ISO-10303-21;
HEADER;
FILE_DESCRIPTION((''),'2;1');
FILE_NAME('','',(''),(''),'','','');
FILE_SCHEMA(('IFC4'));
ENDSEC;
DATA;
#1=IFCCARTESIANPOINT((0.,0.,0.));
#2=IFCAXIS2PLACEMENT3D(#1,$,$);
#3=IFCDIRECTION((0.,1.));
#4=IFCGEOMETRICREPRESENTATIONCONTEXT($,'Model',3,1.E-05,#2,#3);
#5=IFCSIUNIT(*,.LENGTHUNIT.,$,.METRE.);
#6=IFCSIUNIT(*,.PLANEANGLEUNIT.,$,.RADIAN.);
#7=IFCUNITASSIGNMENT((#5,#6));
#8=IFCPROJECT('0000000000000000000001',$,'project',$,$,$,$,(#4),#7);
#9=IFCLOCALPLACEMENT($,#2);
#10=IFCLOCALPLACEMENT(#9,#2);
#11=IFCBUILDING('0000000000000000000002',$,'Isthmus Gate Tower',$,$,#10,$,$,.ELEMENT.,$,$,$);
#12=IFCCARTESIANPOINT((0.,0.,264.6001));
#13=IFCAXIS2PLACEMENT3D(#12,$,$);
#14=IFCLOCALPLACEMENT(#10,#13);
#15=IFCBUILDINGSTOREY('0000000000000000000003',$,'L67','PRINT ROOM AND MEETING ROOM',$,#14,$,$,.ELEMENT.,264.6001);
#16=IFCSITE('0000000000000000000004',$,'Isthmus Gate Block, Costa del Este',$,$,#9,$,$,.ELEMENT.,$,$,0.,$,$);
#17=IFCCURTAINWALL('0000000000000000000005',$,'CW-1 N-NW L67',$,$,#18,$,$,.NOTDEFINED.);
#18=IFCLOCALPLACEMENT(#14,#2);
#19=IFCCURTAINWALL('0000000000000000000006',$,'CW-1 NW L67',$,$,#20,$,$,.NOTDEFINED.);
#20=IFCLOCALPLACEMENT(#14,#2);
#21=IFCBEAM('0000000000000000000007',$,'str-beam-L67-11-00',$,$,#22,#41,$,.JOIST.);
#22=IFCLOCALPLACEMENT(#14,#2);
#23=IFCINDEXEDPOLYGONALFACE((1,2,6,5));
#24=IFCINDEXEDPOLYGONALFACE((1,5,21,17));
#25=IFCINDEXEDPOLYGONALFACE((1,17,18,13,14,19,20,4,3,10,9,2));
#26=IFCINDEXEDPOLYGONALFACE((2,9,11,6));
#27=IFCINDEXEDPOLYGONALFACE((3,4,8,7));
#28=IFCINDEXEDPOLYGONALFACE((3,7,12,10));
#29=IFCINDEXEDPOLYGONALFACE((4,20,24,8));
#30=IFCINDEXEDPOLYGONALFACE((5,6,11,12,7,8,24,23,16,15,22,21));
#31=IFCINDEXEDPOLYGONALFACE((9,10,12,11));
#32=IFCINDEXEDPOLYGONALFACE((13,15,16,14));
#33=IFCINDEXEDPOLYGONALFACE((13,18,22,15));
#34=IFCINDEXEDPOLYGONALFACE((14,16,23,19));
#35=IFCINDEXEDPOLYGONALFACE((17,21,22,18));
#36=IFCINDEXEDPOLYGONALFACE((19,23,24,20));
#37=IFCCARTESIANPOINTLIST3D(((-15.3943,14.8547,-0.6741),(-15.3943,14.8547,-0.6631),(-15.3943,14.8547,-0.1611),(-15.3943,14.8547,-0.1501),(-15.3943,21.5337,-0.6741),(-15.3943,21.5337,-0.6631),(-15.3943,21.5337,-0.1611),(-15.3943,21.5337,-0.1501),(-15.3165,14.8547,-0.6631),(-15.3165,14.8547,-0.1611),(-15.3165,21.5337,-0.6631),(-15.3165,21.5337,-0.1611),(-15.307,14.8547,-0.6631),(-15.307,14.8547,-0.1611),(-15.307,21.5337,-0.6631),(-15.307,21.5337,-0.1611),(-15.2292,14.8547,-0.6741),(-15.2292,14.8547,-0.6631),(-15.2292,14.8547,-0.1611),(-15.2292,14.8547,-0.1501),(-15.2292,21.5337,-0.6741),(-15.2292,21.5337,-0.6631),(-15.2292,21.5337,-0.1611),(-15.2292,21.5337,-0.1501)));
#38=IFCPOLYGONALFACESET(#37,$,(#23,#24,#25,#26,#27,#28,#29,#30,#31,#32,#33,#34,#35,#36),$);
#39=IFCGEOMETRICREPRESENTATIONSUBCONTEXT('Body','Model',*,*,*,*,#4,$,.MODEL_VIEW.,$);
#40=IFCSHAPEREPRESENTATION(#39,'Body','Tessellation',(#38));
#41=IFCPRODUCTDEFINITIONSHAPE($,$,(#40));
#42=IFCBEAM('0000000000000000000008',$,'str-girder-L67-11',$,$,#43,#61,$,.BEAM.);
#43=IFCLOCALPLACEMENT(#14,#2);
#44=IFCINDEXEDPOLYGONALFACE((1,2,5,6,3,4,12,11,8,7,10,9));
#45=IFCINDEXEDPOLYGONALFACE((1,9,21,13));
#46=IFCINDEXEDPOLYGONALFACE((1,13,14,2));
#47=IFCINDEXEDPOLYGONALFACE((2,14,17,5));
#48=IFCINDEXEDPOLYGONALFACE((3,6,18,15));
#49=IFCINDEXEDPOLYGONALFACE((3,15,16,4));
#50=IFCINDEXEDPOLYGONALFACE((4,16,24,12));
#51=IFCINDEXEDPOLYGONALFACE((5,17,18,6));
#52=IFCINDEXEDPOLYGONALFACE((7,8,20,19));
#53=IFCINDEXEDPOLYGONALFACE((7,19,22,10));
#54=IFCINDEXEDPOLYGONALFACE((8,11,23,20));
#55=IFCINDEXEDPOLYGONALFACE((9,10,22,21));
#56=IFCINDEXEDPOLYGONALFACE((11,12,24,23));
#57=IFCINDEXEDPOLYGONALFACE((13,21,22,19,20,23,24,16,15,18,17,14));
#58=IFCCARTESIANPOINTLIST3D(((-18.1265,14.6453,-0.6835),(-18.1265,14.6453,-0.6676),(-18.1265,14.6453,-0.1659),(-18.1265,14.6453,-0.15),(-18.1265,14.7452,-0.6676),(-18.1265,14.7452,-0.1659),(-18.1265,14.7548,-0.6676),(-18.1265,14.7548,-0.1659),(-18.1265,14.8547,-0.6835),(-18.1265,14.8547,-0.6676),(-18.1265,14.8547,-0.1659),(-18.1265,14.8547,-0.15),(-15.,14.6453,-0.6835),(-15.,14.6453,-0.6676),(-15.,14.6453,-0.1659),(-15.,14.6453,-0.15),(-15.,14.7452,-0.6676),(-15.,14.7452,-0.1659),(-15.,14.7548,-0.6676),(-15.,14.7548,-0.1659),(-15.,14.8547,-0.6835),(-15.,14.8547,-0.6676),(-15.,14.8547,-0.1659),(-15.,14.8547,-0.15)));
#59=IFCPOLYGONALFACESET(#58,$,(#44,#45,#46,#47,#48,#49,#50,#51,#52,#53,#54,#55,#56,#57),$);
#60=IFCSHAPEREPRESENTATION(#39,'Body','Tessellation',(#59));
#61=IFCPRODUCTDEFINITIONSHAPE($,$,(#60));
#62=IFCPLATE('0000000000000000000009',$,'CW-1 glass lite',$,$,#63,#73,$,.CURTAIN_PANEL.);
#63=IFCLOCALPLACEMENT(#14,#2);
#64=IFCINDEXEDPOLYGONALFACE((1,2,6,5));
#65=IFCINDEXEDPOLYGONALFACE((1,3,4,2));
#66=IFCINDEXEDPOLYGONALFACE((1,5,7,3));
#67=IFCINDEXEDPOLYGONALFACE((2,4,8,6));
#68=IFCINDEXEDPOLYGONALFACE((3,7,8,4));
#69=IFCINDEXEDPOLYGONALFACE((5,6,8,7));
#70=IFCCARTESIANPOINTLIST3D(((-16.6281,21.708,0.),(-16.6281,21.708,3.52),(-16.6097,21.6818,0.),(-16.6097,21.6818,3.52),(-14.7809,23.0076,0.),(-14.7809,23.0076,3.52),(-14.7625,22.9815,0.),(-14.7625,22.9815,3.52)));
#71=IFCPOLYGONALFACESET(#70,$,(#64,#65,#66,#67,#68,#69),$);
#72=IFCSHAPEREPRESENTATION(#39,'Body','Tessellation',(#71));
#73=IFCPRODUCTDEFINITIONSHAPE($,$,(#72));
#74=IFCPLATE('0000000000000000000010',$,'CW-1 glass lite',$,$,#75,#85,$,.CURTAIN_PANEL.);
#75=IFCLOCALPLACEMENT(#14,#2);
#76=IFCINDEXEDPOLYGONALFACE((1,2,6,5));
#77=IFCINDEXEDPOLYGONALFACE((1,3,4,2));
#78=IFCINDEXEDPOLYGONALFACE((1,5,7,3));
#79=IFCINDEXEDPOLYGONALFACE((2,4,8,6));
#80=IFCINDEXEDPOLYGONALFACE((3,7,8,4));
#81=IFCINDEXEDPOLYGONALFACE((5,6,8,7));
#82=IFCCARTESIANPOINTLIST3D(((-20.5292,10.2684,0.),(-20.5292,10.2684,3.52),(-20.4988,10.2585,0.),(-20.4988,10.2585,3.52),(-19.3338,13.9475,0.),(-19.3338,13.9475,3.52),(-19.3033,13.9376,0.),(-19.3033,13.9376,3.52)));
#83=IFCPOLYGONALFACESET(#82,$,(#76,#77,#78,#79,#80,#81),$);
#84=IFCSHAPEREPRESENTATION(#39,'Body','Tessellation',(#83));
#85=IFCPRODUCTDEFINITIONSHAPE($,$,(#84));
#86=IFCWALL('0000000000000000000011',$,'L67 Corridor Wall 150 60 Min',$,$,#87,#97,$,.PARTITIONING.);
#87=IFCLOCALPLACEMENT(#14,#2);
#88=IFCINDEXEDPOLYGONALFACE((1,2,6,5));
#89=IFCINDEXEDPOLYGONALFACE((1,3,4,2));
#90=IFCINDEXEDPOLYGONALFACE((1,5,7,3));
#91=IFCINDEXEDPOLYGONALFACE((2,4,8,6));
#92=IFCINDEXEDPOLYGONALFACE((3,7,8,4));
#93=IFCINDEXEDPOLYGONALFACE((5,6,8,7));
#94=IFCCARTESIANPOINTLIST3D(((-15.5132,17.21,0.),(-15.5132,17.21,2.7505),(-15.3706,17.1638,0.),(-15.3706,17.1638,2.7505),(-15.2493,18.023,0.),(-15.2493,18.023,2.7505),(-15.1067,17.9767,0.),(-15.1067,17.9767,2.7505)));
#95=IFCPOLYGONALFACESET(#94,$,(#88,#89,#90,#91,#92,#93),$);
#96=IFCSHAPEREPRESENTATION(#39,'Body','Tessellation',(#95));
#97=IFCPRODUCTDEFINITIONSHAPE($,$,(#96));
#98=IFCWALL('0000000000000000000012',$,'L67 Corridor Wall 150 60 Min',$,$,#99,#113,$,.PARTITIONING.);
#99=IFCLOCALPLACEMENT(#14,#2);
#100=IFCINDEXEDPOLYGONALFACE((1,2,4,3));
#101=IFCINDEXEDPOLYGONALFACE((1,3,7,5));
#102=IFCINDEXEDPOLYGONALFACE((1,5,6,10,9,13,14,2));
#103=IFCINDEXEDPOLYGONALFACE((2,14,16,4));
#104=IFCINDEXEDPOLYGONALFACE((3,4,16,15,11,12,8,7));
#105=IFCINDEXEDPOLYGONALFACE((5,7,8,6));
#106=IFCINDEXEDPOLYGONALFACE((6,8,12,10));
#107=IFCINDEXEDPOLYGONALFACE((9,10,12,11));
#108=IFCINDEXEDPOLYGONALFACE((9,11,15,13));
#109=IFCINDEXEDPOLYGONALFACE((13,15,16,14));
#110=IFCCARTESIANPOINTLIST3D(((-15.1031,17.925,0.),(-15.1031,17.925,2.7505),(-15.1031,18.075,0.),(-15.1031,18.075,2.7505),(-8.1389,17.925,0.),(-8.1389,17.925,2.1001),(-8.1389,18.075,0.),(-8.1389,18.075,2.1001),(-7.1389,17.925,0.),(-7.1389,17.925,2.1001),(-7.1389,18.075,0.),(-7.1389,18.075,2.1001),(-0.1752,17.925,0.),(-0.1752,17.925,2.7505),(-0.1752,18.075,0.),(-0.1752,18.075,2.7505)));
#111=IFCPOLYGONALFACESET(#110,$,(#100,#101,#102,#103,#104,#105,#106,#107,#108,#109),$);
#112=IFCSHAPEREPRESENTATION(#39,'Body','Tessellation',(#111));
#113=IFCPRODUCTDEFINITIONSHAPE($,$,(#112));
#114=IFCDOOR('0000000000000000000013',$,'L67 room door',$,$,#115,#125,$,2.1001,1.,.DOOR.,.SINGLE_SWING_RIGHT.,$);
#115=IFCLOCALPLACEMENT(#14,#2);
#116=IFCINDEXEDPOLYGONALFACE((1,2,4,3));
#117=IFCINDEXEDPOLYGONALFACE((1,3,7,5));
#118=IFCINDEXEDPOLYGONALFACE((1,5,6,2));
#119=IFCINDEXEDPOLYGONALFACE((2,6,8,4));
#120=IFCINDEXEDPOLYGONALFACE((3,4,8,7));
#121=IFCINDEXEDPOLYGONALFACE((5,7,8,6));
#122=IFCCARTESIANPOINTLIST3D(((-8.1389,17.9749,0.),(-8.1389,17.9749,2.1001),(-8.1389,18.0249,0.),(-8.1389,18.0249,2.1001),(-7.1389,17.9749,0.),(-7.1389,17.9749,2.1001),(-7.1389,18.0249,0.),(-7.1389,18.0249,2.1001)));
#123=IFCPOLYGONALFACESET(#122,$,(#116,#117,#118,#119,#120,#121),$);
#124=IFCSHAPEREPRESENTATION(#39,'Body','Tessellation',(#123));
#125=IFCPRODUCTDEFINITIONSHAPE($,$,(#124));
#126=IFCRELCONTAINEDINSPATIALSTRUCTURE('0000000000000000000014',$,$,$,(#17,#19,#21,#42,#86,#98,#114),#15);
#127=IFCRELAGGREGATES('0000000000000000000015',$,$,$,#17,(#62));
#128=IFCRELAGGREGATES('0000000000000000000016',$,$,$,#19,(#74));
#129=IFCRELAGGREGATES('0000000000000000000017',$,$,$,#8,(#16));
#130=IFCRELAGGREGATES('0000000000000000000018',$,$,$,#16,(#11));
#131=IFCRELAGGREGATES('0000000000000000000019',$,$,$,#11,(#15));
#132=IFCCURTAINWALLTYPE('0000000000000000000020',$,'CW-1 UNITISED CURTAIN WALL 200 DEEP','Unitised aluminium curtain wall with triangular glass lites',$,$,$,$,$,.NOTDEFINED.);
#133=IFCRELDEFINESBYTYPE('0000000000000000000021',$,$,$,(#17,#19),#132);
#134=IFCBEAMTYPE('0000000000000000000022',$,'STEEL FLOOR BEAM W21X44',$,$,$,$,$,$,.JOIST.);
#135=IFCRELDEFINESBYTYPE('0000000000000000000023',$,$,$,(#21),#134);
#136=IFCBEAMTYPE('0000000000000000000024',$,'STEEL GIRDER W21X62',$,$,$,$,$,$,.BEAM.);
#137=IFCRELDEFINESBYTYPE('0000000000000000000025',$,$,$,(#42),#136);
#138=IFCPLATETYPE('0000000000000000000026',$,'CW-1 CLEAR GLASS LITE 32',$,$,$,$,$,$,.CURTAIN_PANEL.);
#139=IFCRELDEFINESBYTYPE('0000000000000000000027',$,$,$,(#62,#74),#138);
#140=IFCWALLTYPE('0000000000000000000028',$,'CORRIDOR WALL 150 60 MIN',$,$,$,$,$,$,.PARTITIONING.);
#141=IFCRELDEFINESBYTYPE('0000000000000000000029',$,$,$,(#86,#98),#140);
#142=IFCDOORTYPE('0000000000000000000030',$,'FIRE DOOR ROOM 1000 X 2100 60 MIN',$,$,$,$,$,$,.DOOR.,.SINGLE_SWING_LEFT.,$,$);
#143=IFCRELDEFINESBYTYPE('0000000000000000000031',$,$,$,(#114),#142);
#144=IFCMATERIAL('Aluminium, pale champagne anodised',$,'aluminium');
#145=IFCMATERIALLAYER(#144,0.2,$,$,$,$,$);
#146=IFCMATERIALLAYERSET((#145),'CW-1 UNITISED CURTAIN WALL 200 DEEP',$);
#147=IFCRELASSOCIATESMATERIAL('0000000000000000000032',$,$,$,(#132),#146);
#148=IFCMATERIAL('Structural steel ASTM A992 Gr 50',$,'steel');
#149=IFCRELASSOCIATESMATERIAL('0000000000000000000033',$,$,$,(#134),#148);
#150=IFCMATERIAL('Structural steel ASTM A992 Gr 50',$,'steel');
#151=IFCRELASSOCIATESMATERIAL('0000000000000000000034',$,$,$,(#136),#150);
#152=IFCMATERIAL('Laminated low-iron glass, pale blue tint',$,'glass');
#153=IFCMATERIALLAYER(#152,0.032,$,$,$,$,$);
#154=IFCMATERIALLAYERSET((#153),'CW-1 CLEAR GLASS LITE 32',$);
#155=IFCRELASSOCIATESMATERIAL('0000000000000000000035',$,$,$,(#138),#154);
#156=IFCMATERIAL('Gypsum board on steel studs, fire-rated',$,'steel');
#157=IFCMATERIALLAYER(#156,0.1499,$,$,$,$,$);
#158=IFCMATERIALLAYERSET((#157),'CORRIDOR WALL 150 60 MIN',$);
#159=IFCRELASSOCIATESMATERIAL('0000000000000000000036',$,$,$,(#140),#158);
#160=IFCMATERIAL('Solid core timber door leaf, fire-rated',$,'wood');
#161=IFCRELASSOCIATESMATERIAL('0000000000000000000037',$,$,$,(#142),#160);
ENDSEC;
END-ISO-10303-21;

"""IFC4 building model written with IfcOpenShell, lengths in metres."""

from ifc_helpers import new_model, si_unit, direction, frame, frame_2d, origin, origin_2d, place, context, subcontext, project, spatial, rectangle, i_section, extrude, material, layer, layer_set, material_profile, profile_set, type_object, element, fill, aggregate, save


model = new_model("IFC4")

# Units and contexts
model_context = context("Model", 3, precision=1e-05, world=origin(), true_north=direction((0.0, 1.0)))
body_context = subcontext(model_context, "Body", "Model", "MODEL_VIEW")
ifc_project = project(units=[si_unit("LENGTHUNIT", "METRE"), si_unit("PLANEANGLEUNIT", "RADIAN")], contexts=[model_context])

# Site, building, storey
site_placement = place(None, origin())
site = spatial("IfcSite", under=ifc_project, at=site_placement, Name="Isthmus Gate Block, Costa del Este", CompositionType="ELEMENT", RefElevation=0.0)
building_placement = place(site_placement, origin())
building = spatial("IfcBuilding", under=site, at=building_placement, Name="Isthmus Gate Tower", CompositionType="ELEMENT")
storey_placement = place(building_placement, frame((0.0, 0.0, 264.6001)))
storey = spatial("IfcBuildingStorey", under=building, at=storey_placement, Name="L67", Description="PRINT ROOM AND MEETING ROOM", CompositionType="ELEMENT", Elevation=264.6001)

# Curtain wall
ifc_material_1 = material(Name="Aluminium, pale champagne anodised", Category="aluminium")
ifc_layer_1 = layer(ifc_material_1, 0.2)
ifc_layer_set_1 = layer_set([ifc_layer_1], Name="CW-1 UNITISED CURTAIN WALL 200 DEEP")
curtain_wall_type = type_object("IfcCurtainWallType", Name="CW-1 UNITISED CURTAIN WALL 200 DEEP", Description="Unitised aluminium curtain wall with triangular glass lites", PredefinedType="NOTDEFINED", material=ifc_layer_set_1)
curtain_wall_1_placement = place(storey_placement, origin())
curtain_wall_1 = element("IfcCurtainWall", 1, at=curtain_wall_1_placement, inside=storey, type_object=curtain_wall_type, Name="CW-1 N-NW L67", PredefinedType="NOTDEFINED")

# Curtain wall
curtain_wall_2_placement = place(storey_placement, origin())
curtain_wall_2 = element("IfcCurtainWall", 2, at=curtain_wall_2_placement, inside=storey, type_object=curtain_wall_type, Name="CW-1 NW L67", PredefinedType="NOTDEFINED")

# Beams
ifc_material_2 = material(Name="Structural steel ASTM A992 Gr 50", Category="steel")
ifc_material_profile_1 = material_profile(ifc_material_2, i_section(OverallWidth=0.165, OverallDepth=0.5239, WebThickness=0.0095, FlangeThickness=0.011, at=origin_2d()), Name="W21X44")
ifc_profile_set_1 = profile_set([ifc_material_profile_1], Name="Structural steel ASTM A992 Gr 50")
beam_type_1 = type_object("IfcBeamType", Name="STEEL FLOOR BEAM W21X44", PredefinedType="JOIST", material=ifc_profile_set_1)
beam_1_placement = place(storey_placement, frame((-15.3118, 14.8547, -0.4121), z_axis=(0.0, 1.0, 0.0), x_axis=(-1.0, 0.0, 0.0)))
element("IfcBeam", 3, at=beam_1_placement, inside=storey, type_object=beam_type_1, Name="str-beam-L67-11-00", PredefinedType="JOIST", context=body_context, shape_type="SweptSolid", body=[
    extrude(i_section(OverallWidth=0.165, OverallDepth=0.5239, WebThickness=0.0095, FlangeThickness=0.011, at=origin_2d()), origin(), (0.0, 0.0, 1.0), 6.679),
])
ifc_material_3 = material(Name="Structural steel ASTM A992 Gr 50", Category="steel")
ifc_material_profile_2 = material_profile(ifc_material_3, i_section(OverallWidth=0.2095, OverallDepth=0.5334, WebThickness=0.0095, FlangeThickness=0.0159, at=origin_2d()), Name="W21X62")
ifc_profile_set_2 = profile_set([ifc_material_profile_2], Name="Structural steel ASTM A992 Gr 50")
beam_type_2 = type_object("IfcBeamType", Name="STEEL GIRDER W21X62", PredefinedType="BEAM", material=ifc_profile_set_2)
beam_2_placement = place(storey_placement, frame((-15.0, 14.75, -0.4167), z_axis=(-1.0, 0.0, 0.0), x_axis=(0.0, -1.0, 0.0)))
element("IfcBeam", 4, at=beam_2_placement, inside=storey, type_object=beam_type_2, Name="str-girder-L67-11", PredefinedType="BEAM", context=body_context, shape_type="SweptSolid", body=[
    extrude(i_section(OverallWidth=0.2095, OverallDepth=0.5334, WebThickness=0.0095, FlangeThickness=0.0159, at=origin_2d()), origin(), (0.0, 0.0, 1.0), 3.1265),
])

# Plates
ifc_material_4 = material(Name="Laminated low-iron glass, pale blue tint", Category="glass")
ifc_layer_2 = layer(ifc_material_4, 0.032)
ifc_layer_set_2 = layer_set([ifc_layer_2], Name="CW-1 CLEAR GLASS LITE 32")
plate_type = type_object("IfcPlateType", Name="CW-1 CLEAR GLASS LITE 32", PredefinedType="CURTAIN_PANEL", material=ifc_layer_set_2)
plate_1_placement = place(storey_placement, frame((-15.6953, 22.3447, 0.0), z_axis=(0.0, 0.0, 1.0), x_axis=(-0.81786, -0.575418, 0.0)))
plate_1 = element("IfcPlate", 5, at=plate_1_placement, type_object=plate_type, Name="CW-1 glass lite", PredefinedType="CURTAIN_PANEL", context=body_context, shape_type="SweptSolid", body=[
    extrude(rectangle(XDim=2.2585, YDim=0.032, at=origin_2d()), origin(), (0.0, 0.0, 1.0), 3.52),
])
aggregate(curtain_wall_1, [plate_1])
plate_2_placement = place(storey_placement, frame((-19.9163, 12.103, 0.0), z_axis=(0.0, 0.0, 1.0), x_axis=(-0.309017, -0.951057, 0.0)))
plate_2 = element("IfcPlate", 6, at=plate_2_placement, type_object=plate_type, Name="CW-1 glass lite", PredefinedType="CURTAIN_PANEL", context=body_context, shape_type="SweptSolid", body=[
    extrude(rectangle(XDim=3.8684, YDim=0.032, at=origin_2d()), origin(), (0.0, 0.0, 1.0), 3.52),
])

# Wall
ifc_material_5 = material(Name="Gypsum board on steel studs, fire-rated", Category="steel")
ifc_layer_3 = layer(ifc_material_5, 0.1499)
ifc_layer_set_3 = layer_set([ifc_layer_3], Name="CORRIDOR WALL 150 60 MIN")
wall_type_1 = type_object("IfcWallType", Name="CORRIDOR WALL 150 60 MIN", PredefinedType="PARTITIONING", material=ifc_layer_set_3)
wall_1_placement = place(storey_placement, frame((-15.4419, 17.187, 0.0), z_axis=(0.0, 0.0, 1.0), x_axis=(0.308763, 0.951139, 0.0)))
element("IfcWall", 7, at=wall_1_placement, inside=storey, type_object=wall_type_1, Name="L67 Corridor Wall 150 60 Min", PredefinedType="PARTITIONING", context=body_context, shape_type="SweptSolid", body=[
    extrude(rectangle(XDim=0.8547, YDim=0.1499, at=frame_2d((0.4272, 0.0))), origin(), (0.0, 0.0, 1.0), 2.7505),
])

# Wall, opening, door
wall_2_placement = place(storey_placement, frame((-15.103, 18.0, 0.0), z_axis=(0.0, 0.0, 1.0), x_axis=(1.0, 0.0, 0.0)))
wall_2 = element("IfcWall", 8, at=wall_2_placement, inside=storey, type_object=wall_type_1, Name="L67 Corridor Wall 150 60 Min", PredefinedType="PARTITIONING", context=body_context, shape_type="SweptSolid", body=[
    extrude(rectangle(XDim=14.928, YDim=0.1499, at=frame_2d((7.4639, 0.0))), origin(), (0.0, 0.0, 1.0), 2.7505),
])
opening_1_placement = place(wall_2_placement, frame((6.9641, 0.0, 0.0)))
opening_1 = element("IfcOpeningElement", 9, at=opening_1_placement, cuts=wall_2, PredefinedType="OPENING", context=body_context, shape_type="SweptSolid", body=[
    extrude(rectangle(XDim=1.0, YDim=2.1001, at=frame_2d((0.5, 1.05))), frame((0.0, 0.085, 0.0), z_axis=(0.0, -1.0, 0.0), x_axis=(1.0, 0.0, 0.0)), (0.0, 0.0, 1.0), 0.1699),
])
ifc_material_6 = material(Name="Solid core timber door leaf, fire-rated", Category="wood")
door_type_1 = type_object("IfcDoorType", Name="FIRE DOOR ROOM 1000 X 2100 60 MIN", OperationType="SINGLE_SWING_LEFT", PredefinedType="DOOR", material=ifc_material_6)
door_1_placement = place(opening_1_placement, origin())
door_1 = element("IfcDoor", 10, at=door_1_placement, inside=storey, type_object=door_type_1, Name="L67 room door", OperationType="SINGLE_SWING_RIGHT", OverallHeight=2.1001, OverallWidth=1.0, PredefinedType="DOOR", context=body_context, shape_type="SweptSolid", body=[
    extrude(rectangle(XDim=1.0, YDim=2.1001, at=frame_2d((0.5, 1.05))), frame((0.0, 0.0249, 0.0), z_axis=(0.0, -1.0, 0.0), x_axis=(1.0, 0.0, 0.0)), (0.0, 0.0, 1.0), 0.05),
])
fill(opening_1, door_1)

aggregate(curtain_wall_2, [plate_2])

save(model, "model.ifc")
